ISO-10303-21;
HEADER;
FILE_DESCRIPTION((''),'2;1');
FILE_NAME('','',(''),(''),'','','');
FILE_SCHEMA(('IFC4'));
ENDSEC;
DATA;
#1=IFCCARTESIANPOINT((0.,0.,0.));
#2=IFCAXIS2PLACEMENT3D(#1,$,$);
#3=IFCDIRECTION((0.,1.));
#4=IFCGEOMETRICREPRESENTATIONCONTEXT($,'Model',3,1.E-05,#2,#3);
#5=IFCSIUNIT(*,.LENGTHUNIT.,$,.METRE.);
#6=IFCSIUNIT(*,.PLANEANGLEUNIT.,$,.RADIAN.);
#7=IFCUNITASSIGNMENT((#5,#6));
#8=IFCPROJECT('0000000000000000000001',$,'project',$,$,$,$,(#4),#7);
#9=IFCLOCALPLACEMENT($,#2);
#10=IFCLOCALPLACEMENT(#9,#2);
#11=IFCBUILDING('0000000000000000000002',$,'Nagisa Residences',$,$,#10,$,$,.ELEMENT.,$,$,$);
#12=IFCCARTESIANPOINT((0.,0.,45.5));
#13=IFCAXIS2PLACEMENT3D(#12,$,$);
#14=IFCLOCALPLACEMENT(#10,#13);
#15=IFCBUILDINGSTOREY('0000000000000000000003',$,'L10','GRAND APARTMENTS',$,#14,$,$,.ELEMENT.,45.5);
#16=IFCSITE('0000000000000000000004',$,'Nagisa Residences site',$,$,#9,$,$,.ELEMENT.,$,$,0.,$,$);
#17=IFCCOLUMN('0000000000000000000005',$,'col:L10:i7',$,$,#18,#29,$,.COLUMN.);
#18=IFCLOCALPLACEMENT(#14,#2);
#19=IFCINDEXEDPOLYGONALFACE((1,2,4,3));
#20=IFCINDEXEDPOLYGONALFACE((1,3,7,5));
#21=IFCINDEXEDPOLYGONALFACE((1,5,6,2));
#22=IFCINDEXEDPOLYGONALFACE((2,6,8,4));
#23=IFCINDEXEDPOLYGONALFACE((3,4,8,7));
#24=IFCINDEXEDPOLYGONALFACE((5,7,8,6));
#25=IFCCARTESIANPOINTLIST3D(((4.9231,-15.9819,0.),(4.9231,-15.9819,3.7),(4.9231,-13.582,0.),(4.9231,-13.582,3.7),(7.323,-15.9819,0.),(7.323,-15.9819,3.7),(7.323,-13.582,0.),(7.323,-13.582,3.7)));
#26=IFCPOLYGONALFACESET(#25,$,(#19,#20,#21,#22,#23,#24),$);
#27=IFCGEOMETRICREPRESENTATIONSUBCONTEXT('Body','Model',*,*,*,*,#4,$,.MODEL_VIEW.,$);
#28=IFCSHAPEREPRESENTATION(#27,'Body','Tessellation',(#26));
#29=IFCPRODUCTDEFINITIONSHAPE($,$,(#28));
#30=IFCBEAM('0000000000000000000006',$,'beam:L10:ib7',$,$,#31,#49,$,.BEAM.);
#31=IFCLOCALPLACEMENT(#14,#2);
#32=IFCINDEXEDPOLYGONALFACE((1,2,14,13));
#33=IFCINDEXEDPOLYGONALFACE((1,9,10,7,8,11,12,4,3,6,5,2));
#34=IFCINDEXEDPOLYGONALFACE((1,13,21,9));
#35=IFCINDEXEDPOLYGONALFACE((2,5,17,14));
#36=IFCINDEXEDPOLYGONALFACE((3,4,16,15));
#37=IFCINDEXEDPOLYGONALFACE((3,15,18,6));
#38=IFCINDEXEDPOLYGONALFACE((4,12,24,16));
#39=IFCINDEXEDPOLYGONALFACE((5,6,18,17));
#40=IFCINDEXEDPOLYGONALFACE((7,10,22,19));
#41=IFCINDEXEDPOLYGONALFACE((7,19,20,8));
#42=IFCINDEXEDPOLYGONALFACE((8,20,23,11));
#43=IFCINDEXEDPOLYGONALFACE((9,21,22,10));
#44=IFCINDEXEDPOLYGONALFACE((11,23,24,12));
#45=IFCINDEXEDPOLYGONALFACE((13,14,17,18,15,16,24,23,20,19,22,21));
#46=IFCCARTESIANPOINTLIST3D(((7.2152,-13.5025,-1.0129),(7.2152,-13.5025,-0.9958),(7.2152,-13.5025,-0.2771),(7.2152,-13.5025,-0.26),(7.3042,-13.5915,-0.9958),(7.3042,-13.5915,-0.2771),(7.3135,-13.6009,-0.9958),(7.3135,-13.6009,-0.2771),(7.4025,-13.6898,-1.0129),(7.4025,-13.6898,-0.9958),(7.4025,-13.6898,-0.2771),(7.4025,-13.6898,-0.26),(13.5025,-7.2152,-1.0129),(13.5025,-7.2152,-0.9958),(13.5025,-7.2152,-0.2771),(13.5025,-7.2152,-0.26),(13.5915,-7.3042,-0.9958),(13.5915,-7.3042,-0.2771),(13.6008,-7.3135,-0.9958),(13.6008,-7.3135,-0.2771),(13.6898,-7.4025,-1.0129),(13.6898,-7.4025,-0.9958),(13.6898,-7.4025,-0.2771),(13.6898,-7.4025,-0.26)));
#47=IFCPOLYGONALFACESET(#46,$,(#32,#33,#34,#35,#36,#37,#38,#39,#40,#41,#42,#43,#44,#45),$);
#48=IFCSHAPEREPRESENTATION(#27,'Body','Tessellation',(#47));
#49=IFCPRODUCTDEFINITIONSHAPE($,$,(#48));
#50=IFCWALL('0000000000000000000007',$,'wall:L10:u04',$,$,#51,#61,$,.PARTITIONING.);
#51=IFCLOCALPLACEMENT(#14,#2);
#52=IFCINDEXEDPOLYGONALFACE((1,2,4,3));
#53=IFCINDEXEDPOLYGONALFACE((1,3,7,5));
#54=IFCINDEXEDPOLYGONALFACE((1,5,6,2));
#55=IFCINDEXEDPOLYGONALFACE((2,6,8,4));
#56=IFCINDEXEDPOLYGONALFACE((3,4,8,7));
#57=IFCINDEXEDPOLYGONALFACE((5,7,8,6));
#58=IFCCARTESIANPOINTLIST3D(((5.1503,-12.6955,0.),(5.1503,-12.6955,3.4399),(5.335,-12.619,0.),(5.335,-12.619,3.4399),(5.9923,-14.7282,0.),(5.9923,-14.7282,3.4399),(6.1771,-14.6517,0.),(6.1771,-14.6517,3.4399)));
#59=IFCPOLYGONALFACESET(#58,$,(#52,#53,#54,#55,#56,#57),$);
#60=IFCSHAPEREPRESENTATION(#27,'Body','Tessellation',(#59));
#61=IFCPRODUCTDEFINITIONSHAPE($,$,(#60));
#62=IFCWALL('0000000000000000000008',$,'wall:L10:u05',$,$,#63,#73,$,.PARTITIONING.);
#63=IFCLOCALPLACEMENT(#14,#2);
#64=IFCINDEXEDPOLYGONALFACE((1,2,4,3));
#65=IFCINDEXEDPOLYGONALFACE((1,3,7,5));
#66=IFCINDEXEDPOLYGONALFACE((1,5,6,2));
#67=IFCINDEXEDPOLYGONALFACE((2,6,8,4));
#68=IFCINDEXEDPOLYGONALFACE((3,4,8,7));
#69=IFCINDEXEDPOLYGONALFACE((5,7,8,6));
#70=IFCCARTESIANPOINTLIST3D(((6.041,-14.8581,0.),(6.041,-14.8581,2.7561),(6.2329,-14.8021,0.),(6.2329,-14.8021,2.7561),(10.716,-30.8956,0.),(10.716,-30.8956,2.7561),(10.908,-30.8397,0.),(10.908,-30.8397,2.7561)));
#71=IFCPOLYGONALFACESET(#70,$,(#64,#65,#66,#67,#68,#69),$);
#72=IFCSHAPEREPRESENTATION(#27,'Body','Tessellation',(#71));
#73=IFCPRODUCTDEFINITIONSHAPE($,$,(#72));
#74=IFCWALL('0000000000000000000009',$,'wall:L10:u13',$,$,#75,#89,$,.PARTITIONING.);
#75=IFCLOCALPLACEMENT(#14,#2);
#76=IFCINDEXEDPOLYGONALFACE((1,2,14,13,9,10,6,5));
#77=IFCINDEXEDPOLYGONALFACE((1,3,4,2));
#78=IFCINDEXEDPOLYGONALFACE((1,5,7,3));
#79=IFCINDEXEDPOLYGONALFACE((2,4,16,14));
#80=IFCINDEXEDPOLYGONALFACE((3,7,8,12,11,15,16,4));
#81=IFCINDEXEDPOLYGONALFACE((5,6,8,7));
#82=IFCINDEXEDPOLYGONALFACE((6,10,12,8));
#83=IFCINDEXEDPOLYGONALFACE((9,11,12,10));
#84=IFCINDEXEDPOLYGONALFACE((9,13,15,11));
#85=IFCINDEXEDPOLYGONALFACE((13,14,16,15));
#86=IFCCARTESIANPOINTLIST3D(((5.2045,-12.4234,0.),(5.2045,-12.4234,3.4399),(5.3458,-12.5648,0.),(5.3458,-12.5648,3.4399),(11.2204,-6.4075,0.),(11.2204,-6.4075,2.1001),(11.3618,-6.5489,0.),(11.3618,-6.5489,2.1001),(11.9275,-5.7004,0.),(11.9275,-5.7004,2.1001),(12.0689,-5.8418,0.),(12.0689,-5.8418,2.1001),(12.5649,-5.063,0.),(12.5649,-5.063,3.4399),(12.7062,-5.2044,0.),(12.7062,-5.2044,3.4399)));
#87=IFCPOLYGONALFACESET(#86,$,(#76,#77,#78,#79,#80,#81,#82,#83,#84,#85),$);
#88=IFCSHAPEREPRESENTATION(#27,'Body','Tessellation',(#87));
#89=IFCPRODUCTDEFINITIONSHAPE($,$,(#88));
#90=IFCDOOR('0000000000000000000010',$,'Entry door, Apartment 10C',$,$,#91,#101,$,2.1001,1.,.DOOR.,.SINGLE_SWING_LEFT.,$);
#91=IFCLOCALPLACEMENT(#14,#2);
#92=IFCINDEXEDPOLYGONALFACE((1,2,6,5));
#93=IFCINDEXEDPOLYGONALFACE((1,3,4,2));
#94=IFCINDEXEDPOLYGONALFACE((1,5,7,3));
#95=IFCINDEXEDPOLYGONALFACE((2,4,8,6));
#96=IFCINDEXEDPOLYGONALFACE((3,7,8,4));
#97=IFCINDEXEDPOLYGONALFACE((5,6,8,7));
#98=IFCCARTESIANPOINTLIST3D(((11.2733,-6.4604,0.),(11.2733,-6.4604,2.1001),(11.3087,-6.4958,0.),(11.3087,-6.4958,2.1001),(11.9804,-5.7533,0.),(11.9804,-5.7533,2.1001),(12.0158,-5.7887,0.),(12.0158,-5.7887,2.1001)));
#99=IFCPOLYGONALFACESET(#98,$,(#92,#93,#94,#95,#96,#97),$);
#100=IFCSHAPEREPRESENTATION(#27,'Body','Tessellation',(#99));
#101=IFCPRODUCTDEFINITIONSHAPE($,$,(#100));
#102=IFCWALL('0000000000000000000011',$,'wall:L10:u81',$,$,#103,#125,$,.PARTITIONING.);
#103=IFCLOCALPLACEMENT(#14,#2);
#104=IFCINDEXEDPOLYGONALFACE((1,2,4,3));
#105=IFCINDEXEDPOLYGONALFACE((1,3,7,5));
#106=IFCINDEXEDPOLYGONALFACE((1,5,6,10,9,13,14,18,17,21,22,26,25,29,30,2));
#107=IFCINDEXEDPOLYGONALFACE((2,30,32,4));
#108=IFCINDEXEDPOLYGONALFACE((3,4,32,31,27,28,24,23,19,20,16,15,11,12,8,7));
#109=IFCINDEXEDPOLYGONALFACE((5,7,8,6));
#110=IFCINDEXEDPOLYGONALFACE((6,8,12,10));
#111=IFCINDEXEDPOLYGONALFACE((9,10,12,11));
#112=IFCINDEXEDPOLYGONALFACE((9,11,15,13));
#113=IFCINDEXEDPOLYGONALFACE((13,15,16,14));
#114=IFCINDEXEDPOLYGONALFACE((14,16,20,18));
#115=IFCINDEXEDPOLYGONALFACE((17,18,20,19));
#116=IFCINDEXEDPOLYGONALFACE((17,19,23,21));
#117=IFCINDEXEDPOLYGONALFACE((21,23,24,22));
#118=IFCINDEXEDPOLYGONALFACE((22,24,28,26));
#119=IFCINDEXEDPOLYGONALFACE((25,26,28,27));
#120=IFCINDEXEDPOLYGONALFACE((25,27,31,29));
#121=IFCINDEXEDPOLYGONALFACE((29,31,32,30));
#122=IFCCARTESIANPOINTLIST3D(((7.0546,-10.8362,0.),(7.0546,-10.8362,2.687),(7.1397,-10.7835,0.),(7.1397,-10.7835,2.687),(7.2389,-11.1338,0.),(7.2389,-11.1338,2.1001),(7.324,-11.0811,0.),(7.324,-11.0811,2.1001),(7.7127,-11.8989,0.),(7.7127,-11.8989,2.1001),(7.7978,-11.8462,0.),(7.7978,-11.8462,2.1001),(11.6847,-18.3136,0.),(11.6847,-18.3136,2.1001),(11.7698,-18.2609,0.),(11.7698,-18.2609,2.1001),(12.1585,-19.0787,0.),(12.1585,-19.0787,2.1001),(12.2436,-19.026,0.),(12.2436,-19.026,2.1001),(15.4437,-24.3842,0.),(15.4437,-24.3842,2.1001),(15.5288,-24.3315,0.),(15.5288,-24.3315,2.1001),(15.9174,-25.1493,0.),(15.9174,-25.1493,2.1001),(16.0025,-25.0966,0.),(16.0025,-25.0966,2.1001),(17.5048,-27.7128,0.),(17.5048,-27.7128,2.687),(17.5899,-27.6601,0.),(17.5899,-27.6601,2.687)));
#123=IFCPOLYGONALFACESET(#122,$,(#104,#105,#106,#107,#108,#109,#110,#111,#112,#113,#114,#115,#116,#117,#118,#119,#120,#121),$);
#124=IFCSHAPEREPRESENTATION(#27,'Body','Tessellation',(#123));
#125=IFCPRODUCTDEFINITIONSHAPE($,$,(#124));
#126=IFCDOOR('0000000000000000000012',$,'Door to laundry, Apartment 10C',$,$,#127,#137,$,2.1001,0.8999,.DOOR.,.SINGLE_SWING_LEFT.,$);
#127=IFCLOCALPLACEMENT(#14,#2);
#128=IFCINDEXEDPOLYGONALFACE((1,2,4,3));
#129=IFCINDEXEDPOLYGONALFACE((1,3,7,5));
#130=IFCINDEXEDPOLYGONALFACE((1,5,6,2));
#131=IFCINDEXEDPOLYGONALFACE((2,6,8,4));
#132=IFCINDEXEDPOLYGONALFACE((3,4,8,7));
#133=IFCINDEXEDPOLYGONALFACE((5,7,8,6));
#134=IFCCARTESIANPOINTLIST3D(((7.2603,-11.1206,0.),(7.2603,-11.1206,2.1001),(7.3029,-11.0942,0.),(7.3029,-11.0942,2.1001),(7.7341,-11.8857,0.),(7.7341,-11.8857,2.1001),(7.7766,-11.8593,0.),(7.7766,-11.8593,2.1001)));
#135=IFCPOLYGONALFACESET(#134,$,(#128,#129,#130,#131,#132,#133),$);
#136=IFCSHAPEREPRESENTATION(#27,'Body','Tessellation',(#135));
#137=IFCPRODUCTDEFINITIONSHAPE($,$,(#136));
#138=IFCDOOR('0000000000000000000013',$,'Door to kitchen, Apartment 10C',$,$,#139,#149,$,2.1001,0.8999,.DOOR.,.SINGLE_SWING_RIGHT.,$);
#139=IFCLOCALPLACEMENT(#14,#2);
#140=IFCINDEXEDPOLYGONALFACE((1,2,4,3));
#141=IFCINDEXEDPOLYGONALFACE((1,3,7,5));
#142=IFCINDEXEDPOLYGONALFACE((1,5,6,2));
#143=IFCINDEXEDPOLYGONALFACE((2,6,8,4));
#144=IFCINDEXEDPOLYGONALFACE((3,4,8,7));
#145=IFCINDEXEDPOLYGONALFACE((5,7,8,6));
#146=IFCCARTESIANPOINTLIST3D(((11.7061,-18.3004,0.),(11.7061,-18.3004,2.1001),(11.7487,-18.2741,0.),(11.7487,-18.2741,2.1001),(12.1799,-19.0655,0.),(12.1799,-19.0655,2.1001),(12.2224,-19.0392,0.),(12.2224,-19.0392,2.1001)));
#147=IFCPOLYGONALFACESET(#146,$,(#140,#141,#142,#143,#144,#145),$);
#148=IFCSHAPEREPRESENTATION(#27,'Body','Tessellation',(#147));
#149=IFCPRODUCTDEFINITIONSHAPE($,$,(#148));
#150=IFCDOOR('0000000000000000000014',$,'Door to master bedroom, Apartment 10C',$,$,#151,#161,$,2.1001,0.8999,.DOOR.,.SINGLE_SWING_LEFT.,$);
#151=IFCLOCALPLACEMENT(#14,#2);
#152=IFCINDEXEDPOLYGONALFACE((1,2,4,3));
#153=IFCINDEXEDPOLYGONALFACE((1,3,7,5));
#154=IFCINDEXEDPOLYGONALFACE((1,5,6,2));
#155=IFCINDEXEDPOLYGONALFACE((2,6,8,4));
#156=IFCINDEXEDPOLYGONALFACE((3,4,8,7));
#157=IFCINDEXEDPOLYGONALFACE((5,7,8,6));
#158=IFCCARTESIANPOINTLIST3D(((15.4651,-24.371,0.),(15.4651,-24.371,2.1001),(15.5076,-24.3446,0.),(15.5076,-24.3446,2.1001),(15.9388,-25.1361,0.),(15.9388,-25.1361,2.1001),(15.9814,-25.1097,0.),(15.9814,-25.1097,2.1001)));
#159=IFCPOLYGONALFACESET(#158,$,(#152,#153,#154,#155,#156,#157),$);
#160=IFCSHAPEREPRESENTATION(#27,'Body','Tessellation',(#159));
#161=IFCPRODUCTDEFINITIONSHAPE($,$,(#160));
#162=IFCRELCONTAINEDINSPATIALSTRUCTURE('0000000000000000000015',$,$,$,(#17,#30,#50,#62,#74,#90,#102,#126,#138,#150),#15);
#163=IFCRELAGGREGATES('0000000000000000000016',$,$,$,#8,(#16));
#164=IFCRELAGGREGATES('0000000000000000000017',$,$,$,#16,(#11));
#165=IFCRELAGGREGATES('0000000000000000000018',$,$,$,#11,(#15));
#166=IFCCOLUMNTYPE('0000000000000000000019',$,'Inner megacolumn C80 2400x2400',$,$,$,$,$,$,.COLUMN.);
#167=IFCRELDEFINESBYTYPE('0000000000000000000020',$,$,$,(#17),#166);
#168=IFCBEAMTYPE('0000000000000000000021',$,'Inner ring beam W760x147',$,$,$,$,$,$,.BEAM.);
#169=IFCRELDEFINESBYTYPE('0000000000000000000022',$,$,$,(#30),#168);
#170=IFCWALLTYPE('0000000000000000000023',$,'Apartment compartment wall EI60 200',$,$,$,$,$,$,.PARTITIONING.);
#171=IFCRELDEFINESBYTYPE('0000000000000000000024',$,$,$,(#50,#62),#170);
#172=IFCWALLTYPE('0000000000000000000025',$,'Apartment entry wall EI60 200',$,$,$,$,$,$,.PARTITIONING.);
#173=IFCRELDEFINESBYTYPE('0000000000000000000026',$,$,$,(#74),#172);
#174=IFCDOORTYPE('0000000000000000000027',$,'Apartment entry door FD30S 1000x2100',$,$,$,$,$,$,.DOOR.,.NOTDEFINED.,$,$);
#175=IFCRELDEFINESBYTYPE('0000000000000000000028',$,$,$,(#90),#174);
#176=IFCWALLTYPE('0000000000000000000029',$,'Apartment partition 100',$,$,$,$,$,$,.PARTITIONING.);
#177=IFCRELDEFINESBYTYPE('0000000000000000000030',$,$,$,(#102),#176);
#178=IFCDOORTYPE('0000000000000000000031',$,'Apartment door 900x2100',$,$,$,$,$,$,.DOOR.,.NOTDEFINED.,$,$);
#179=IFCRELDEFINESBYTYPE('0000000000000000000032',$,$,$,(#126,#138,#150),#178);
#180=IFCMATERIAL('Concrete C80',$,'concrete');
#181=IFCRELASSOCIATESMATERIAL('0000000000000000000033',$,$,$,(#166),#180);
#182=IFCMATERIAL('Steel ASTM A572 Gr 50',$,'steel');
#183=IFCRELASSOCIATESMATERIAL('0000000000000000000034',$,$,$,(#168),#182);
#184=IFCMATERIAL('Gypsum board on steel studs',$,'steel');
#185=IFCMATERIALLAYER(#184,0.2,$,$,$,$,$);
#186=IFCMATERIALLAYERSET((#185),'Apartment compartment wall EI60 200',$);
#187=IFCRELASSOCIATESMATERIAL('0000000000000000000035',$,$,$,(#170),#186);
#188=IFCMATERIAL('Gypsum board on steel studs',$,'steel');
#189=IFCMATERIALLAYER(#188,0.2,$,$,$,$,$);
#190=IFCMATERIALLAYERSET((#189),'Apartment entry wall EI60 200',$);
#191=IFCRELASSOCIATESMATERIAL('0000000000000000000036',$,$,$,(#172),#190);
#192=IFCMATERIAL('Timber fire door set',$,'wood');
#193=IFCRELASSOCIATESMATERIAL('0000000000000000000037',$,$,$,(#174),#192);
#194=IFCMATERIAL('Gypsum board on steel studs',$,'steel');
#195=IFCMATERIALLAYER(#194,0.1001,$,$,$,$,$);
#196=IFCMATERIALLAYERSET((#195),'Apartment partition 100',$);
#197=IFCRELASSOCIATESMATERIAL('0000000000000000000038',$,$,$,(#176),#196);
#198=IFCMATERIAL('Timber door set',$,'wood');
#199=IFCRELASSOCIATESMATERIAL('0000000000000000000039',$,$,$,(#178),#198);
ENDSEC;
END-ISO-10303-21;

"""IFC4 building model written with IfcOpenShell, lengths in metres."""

from ifc_helpers import new_model, si_unit, direction, frame, frame_2d, origin, origin_2d, place, context, subcontext, project, spatial, rectangle, i_section, extrude, material, layer, layer_set, material_profile, profile_set, type_object, element, fill, save


model = new_model("IFC4")

# Units and contexts
model_context = context("Model", 3, precision=1e-05, world=origin(), true_north=direction((0.0, 1.0)))
body_context = subcontext(model_context, "Body", "Model", "MODEL_VIEW")
ifc_project = project(units=[si_unit("LENGTHUNIT", "METRE"), si_unit("PLANEANGLEUNIT", "RADIAN")], contexts=[model_context])

# Site, building, storey
site_placement = place(None, origin())
site = spatial("IfcSite", under=ifc_project, at=site_placement, Name="Nagisa Residences site", CompositionType="ELEMENT", RefElevation=0.0)
building_placement = place(site_placement, origin())
building = spatial("IfcBuilding", under=site, at=building_placement, Name="Nagisa Residences", CompositionType="ELEMENT")
storey_placement = place(building_placement, frame((0.0, 0.0, 45.5)))
storey = spatial("IfcBuildingStorey", under=building, at=storey_placement, Name="L10", Description="GRAND APARTMENTS", CompositionType="ELEMENT", Elevation=45.5)

# Column
ifc_material_1 = material(Name="Concrete C80", Category="concrete")
ifc_material_profile_1 = material_profile(ifc_material_1, rectangle(XDim=2.3999, YDim=2.3999, at=origin_2d()), Name="C80 2400x2400")
ifc_profile_set_1 = profile_set([ifc_material_profile_1], Name="Concrete C80")
column_type = type_object("IfcColumnType", Name="Inner megacolumn C80 2400x2400", PredefinedType="COLUMN", material=ifc_profile_set_1)
column_placement = place(storey_placement, frame((6.123, -14.782, 0.0), z_axis=(0.0, 0.0, 1.0), x_axis=(1.0, 0.0, 0.0)))
element("IfcColumn", 1, at=column_placement, inside=storey, type_object=column_type, Name="col:L10:i7", PredefinedType="COLUMN", context=body_context, shape_type="SweptSolid", body=[
    extrude(rectangle(XDim=2.3999, YDim=2.3999, at=origin_2d()), origin(), (0.0, 0.0, 1.0), 3.7),
])

# Beam
ifc_material_2 = material(Name="Steel ASTM A572 Gr 50", Category="steel")
ifc_material_profile_2 = material_profile(ifc_material_2, i_section(OverallWidth=0.2649, OverallDepth=0.7529, WebThickness=0.0132, FlangeThickness=0.0171, at=origin_2d()), Name="W760x147")
ifc_profile_set_2 = profile_set([ifc_material_profile_2], Name="Steel ASTM A572 Gr 50")
beam_type = type_object("IfcBeamType", Name="Inner ring beam W760x147", PredefinedType="BEAM", material=ifc_profile_set_2)
beam_placement = place(storey_placement, frame((7.3088, -13.5962, -0.6365), z_axis=(0.707107, 0.707107, 0.0), x_axis=(-0.707107, 0.707107, 0.0)))
element("IfcBeam", 2, at=beam_placement, inside=storey, type_object=beam_type, Name="beam:L10:ib7", PredefinedType="BEAM", context=body_context, shape_type="SweptSolid", body=[
    extrude(i_section(OverallWidth=0.2649, OverallDepth=0.7529, WebThickness=0.0132, FlangeThickness=0.0171, at=origin_2d()), origin(), (0.0, 0.0, 1.0), 8.8916),
])

# Walls
ifc_material_3 = material(Name="Gypsum board on steel studs", Category="steel")
ifc_layer_1 = layer(ifc_material_3, 0.2)
ifc_layer_set_1 = layer_set([ifc_layer_1], Name="Apartment compartment wall EI60 200")
wall_type_1 = type_object("IfcWallType", Name="Apartment compartment wall EI60 200", PredefinedType="PARTITIONING", material=ifc_layer_set_1)
wall_1_placement = place(storey_placement, frame((5.2427, -12.6572, 0.0), z_axis=(0.0, 0.0, 1.0), x_axis=(0.382708, -0.923869, 0.0)))
element("IfcWall", 3, at=wall_1_placement, inside=storey, type_object=wall_type_1, Name="wall:L10:u04", PredefinedType="PARTITIONING", context=body_context, shape_type="SweptSolid", body=[
    extrude(rectangle(XDim=2.2002, YDim=0.2, at=frame_2d((1.1001, 0.0))), origin(), (0.0, 0.0, 1.0), 3.4399),
])
wall_2_placement = place(storey_placement, frame((6.137, -14.8301, 0.0), z_axis=(0.0, 0.0, 1.0), x_axis=(0.279857, -0.960042, 0.0)))
element("IfcWall", 4, at=wall_2_placement, inside=storey, type_object=wall_type_1, Name="wall:L10:u05", PredefinedType="PARTITIONING", context=body_context, shape_type="SweptSolid", body=[
    extrude(rectangle(XDim=16.7051, YDim=0.2, at=frame_2d((8.3525, 0.0))), origin(), (0.0, 0.0, 1.0), 2.7561),
])

# Wall, opening, door
ifc_material_4 = material(Name="Gypsum board on steel studs", Category="steel")
ifc_layer_2 = layer(ifc_material_4, 0.2)
ifc_layer_set_2 = layer_set([ifc_layer_2], Name="Apartment entry wall EI60 200")
wall_type_2 = type_object("IfcWallType", Name="Apartment entry wall EI60 200", PredefinedType="PARTITIONING", material=ifc_layer_set_2)
wall_3_placement = place(storey_placement, frame((5.2751, -12.4941, 0.0), z_axis=(0.0, 0.0, 1.0), x_axis=(0.707107, 0.707107, 0.0)))
wall_3 = element("IfcWall", 5, at=wall_3_placement, inside=storey, type_object=wall_type_2, Name="wall:L10:u13", PredefinedType="PARTITIONING", context=body_context, shape_type="SweptSolid", body=[
    extrude(rectangle(XDim=10.4092, YDim=0.2, at=frame_2d((5.2046, 0.0))), origin(), (0.0, 0.0, 1.0), 3.4399),
])
opening_1_placement = place(wall_3_placement, frame((8.5078, 0.0, 0.0)))
opening_1 = element("IfcOpeningElement", 6, at=opening_1_placement, cuts=wall_3, PredefinedType="OPENING", context=body_context, shape_type="SweptSolid", body=[
    extrude(rectangle(XDim=1.0, YDim=2.1001, at=frame_2d((0.5, 1.05))), frame((0.0, 0.1099, 0.0), z_axis=(0.0, -1.0, 0.0), x_axis=(1.0, 0.0, 0.0)), (0.0, 0.0, 1.0), 0.22),
])
ifc_material_5 = material(Name="Timber fire door set", Category="wood")
door_type_1 = type_object("IfcDoorType", Name="Apartment entry door FD30S 1000x2100", OperationType="NOTDEFINED", PredefinedType="DOOR", material=ifc_material_5)
door_1_placement = place(opening_1_placement, frame((1.0, 0.0, 0.0), x_axis=(-1.0, 0.0, 0.0)))
door_1 = element("IfcDoor", 7, at=door_1_placement, inside=storey, type_object=door_type_1, Name="Entry door, Apartment 10C", OperationType="SINGLE_SWING_LEFT", OverallHeight=2.1001, OverallWidth=1.0, PredefinedType="DOOR", context=body_context, shape_type="SweptSolid", body=[
    extrude(rectangle(XDim=1.0, YDim=2.1001, at=frame_2d((0.5, 1.05))), frame((0.0, 0.0249, 0.0), z_axis=(0.0, -1.0, 0.0), x_axis=(1.0, 0.0, 0.0)), (0.0, 0.0, 1.0), 0.05),
])
fill(opening_1, door_1)

# Wall, openings, doors
ifc_material_6 = material(Name="Gypsum board on steel studs", Category="steel")
ifc_layer_3 = layer(ifc_material_6, 0.1001)
ifc_layer_set_3 = layer_set([ifc_layer_3], Name="Apartment partition 100")
wall_type_3 = type_object("IfcWallType", Name="Apartment partition 100", PredefinedType="PARTITIONING", material=ifc_layer_set_3)
wall_4_placement = place(storey_placement, frame((7.0972, -10.8098, 0.0), z_axis=(0.0, 0.0, 1.0), x_axis=(0.526453, -0.850204, 0.0)))
wall_4 = element("IfcWall", 8, at=wall_4_placement, inside=storey, type_object=wall_type_3, Name="wall:L10:u81", PredefinedType="PARTITIONING", context=body_context, shape_type="SweptSolid", body=[
    extrude(rectangle(XDim=19.8501, YDim=0.1001, at=frame_2d((9.925, 0.0))), origin(), (0.0, 0.0, 1.0), 2.687),
])
opening_2_placement = place(wall_4_placement, frame((0.3501, 0.0, 0.0)))
opening_2 = element("IfcOpeningElement", 9, at=opening_2_placement, cuts=wall_4, PredefinedType="OPENING", context=body_context, shape_type="SweptSolid", body=[
    extrude(rectangle(XDim=0.8999, YDim=2.1001, at=frame_2d((0.45, 1.05))), frame((0.0, 0.0601, 0.0), z_axis=(0.0, -1.0, 0.0), x_axis=(1.0, 0.0, 0.0)), (0.0, 0.0, 1.0), 0.1201),
])
opening_3_placement = place(wall_4_placement, frame((8.7949, 0.0, 0.0)))
opening_3 = element("IfcOpeningElement", 10, at=opening_3_placement, cuts=wall_4, PredefinedType="OPENING", context=body_context, shape_type="SweptSolid", body=[
    extrude(rectangle(XDim=0.8999, YDim=2.1001, at=frame_2d((0.45, 1.05))), frame((0.0, 0.0601, 0.0), z_axis=(0.0, -1.0, 0.0), x_axis=(1.0, 0.0, 0.0)), (0.0, 0.0, 1.0), 0.1201),
])
opening_4_placement = place(wall_4_placement, frame((15.9351, 0.0, 0.0)))
opening_4 = element("IfcOpeningElement", 11, at=opening_4_placement, cuts=wall_4, PredefinedType="OPENING", context=body_context, shape_type="SweptSolid", body=[
    extrude(rectangle(XDim=0.8999, YDim=2.1001, at=frame_2d((0.45, 1.05))), frame((0.0, 0.0601, 0.0), z_axis=(0.0, -1.0, 0.0), x_axis=(1.0, 0.0, 0.0)), (0.0, 0.0, 1.0), 0.1201),
])
ifc_material_7 = material(Name="Timber door set", Category="wood")
door_type_2 = type_object("IfcDoorType", Name="Apartment door 900x2100", OperationType="NOTDEFINED", PredefinedType="DOOR", material=ifc_material_7)
door_2_placement = place(opening_2_placement, frame((0.8999, 0.0, 0.0), x_axis=(-1.0, 0.0, 0.0)))
door_2 = element("IfcDoor", 12, at=door_2_placement, inside=storey, type_object=door_type_2, Name="Door to laundry, Apartment 10C", OperationType="SINGLE_SWING_LEFT", OverallHeight=2.1001, OverallWidth=0.8999, PredefinedType="DOOR", context=body_context, shape_type="SweptSolid", body=[
    extrude(rectangle(XDim=0.8999, YDim=2.1001, at=frame_2d((0.45, 1.05))), frame((0.0, 0.0249, 0.0), z_axis=(0.0, -1.0, 0.0), x_axis=(1.0, 0.0, 0.0)), (0.0, 0.0, 1.0), 0.05),
])
fill(opening_2, door_2)
door_3_placement = place(opening_3_placement, frame((0.8999, 0.0, 0.0), x_axis=(-1.0, 0.0, 0.0)))
door_3 = element("IfcDoor", 13, at=door_3_placement, inside=storey, type_object=door_type_2, Name="Door to kitchen, Apartment 10C", OperationType="SINGLE_SWING_RIGHT", OverallHeight=2.1001, OverallWidth=0.8999, PredefinedType="DOOR", context=body_context, shape_type="SweptSolid", body=[
    extrude(rectangle(XDim=0.8999, YDim=2.1001, at=frame_2d((0.45, 1.05))), frame((0.0, 0.0249, 0.0), z_axis=(0.0, -1.0, 0.0), x_axis=(1.0, 0.0, 0.0)), (0.0, 0.0, 1.0), 0.05),
])
fill(opening_3, door_3)
door_4_placement = place(opening_4_placement, frame((0.8999, 0.0, 0.0), x_axis=(-1.0, 0.0, 0.0)))
door_4 = element("IfcDoor", 14, at=door_4_placement, inside=storey, type_object=door_type_2, Name="Door to master bedroom, Apartment 10C", OperationType="SINGLE_SWING_LEFT", OverallHeight=2.1001, OverallWidth=0.8999, PredefinedType="DOOR", context=body_context, shape_type="SweptSolid", body=[
    extrude(rectangle(XDim=0.8999, YDim=2.1001, at=frame_2d((0.45, 1.05))), frame((0.0, 0.0249, 0.0), z_axis=(0.0, -1.0, 0.0), x_axis=(1.0, 0.0, 0.0)), (0.0, 0.0, 1.0), 0.05),
])
fill(opening_4, door_4)

save(model, "model.ifc")
